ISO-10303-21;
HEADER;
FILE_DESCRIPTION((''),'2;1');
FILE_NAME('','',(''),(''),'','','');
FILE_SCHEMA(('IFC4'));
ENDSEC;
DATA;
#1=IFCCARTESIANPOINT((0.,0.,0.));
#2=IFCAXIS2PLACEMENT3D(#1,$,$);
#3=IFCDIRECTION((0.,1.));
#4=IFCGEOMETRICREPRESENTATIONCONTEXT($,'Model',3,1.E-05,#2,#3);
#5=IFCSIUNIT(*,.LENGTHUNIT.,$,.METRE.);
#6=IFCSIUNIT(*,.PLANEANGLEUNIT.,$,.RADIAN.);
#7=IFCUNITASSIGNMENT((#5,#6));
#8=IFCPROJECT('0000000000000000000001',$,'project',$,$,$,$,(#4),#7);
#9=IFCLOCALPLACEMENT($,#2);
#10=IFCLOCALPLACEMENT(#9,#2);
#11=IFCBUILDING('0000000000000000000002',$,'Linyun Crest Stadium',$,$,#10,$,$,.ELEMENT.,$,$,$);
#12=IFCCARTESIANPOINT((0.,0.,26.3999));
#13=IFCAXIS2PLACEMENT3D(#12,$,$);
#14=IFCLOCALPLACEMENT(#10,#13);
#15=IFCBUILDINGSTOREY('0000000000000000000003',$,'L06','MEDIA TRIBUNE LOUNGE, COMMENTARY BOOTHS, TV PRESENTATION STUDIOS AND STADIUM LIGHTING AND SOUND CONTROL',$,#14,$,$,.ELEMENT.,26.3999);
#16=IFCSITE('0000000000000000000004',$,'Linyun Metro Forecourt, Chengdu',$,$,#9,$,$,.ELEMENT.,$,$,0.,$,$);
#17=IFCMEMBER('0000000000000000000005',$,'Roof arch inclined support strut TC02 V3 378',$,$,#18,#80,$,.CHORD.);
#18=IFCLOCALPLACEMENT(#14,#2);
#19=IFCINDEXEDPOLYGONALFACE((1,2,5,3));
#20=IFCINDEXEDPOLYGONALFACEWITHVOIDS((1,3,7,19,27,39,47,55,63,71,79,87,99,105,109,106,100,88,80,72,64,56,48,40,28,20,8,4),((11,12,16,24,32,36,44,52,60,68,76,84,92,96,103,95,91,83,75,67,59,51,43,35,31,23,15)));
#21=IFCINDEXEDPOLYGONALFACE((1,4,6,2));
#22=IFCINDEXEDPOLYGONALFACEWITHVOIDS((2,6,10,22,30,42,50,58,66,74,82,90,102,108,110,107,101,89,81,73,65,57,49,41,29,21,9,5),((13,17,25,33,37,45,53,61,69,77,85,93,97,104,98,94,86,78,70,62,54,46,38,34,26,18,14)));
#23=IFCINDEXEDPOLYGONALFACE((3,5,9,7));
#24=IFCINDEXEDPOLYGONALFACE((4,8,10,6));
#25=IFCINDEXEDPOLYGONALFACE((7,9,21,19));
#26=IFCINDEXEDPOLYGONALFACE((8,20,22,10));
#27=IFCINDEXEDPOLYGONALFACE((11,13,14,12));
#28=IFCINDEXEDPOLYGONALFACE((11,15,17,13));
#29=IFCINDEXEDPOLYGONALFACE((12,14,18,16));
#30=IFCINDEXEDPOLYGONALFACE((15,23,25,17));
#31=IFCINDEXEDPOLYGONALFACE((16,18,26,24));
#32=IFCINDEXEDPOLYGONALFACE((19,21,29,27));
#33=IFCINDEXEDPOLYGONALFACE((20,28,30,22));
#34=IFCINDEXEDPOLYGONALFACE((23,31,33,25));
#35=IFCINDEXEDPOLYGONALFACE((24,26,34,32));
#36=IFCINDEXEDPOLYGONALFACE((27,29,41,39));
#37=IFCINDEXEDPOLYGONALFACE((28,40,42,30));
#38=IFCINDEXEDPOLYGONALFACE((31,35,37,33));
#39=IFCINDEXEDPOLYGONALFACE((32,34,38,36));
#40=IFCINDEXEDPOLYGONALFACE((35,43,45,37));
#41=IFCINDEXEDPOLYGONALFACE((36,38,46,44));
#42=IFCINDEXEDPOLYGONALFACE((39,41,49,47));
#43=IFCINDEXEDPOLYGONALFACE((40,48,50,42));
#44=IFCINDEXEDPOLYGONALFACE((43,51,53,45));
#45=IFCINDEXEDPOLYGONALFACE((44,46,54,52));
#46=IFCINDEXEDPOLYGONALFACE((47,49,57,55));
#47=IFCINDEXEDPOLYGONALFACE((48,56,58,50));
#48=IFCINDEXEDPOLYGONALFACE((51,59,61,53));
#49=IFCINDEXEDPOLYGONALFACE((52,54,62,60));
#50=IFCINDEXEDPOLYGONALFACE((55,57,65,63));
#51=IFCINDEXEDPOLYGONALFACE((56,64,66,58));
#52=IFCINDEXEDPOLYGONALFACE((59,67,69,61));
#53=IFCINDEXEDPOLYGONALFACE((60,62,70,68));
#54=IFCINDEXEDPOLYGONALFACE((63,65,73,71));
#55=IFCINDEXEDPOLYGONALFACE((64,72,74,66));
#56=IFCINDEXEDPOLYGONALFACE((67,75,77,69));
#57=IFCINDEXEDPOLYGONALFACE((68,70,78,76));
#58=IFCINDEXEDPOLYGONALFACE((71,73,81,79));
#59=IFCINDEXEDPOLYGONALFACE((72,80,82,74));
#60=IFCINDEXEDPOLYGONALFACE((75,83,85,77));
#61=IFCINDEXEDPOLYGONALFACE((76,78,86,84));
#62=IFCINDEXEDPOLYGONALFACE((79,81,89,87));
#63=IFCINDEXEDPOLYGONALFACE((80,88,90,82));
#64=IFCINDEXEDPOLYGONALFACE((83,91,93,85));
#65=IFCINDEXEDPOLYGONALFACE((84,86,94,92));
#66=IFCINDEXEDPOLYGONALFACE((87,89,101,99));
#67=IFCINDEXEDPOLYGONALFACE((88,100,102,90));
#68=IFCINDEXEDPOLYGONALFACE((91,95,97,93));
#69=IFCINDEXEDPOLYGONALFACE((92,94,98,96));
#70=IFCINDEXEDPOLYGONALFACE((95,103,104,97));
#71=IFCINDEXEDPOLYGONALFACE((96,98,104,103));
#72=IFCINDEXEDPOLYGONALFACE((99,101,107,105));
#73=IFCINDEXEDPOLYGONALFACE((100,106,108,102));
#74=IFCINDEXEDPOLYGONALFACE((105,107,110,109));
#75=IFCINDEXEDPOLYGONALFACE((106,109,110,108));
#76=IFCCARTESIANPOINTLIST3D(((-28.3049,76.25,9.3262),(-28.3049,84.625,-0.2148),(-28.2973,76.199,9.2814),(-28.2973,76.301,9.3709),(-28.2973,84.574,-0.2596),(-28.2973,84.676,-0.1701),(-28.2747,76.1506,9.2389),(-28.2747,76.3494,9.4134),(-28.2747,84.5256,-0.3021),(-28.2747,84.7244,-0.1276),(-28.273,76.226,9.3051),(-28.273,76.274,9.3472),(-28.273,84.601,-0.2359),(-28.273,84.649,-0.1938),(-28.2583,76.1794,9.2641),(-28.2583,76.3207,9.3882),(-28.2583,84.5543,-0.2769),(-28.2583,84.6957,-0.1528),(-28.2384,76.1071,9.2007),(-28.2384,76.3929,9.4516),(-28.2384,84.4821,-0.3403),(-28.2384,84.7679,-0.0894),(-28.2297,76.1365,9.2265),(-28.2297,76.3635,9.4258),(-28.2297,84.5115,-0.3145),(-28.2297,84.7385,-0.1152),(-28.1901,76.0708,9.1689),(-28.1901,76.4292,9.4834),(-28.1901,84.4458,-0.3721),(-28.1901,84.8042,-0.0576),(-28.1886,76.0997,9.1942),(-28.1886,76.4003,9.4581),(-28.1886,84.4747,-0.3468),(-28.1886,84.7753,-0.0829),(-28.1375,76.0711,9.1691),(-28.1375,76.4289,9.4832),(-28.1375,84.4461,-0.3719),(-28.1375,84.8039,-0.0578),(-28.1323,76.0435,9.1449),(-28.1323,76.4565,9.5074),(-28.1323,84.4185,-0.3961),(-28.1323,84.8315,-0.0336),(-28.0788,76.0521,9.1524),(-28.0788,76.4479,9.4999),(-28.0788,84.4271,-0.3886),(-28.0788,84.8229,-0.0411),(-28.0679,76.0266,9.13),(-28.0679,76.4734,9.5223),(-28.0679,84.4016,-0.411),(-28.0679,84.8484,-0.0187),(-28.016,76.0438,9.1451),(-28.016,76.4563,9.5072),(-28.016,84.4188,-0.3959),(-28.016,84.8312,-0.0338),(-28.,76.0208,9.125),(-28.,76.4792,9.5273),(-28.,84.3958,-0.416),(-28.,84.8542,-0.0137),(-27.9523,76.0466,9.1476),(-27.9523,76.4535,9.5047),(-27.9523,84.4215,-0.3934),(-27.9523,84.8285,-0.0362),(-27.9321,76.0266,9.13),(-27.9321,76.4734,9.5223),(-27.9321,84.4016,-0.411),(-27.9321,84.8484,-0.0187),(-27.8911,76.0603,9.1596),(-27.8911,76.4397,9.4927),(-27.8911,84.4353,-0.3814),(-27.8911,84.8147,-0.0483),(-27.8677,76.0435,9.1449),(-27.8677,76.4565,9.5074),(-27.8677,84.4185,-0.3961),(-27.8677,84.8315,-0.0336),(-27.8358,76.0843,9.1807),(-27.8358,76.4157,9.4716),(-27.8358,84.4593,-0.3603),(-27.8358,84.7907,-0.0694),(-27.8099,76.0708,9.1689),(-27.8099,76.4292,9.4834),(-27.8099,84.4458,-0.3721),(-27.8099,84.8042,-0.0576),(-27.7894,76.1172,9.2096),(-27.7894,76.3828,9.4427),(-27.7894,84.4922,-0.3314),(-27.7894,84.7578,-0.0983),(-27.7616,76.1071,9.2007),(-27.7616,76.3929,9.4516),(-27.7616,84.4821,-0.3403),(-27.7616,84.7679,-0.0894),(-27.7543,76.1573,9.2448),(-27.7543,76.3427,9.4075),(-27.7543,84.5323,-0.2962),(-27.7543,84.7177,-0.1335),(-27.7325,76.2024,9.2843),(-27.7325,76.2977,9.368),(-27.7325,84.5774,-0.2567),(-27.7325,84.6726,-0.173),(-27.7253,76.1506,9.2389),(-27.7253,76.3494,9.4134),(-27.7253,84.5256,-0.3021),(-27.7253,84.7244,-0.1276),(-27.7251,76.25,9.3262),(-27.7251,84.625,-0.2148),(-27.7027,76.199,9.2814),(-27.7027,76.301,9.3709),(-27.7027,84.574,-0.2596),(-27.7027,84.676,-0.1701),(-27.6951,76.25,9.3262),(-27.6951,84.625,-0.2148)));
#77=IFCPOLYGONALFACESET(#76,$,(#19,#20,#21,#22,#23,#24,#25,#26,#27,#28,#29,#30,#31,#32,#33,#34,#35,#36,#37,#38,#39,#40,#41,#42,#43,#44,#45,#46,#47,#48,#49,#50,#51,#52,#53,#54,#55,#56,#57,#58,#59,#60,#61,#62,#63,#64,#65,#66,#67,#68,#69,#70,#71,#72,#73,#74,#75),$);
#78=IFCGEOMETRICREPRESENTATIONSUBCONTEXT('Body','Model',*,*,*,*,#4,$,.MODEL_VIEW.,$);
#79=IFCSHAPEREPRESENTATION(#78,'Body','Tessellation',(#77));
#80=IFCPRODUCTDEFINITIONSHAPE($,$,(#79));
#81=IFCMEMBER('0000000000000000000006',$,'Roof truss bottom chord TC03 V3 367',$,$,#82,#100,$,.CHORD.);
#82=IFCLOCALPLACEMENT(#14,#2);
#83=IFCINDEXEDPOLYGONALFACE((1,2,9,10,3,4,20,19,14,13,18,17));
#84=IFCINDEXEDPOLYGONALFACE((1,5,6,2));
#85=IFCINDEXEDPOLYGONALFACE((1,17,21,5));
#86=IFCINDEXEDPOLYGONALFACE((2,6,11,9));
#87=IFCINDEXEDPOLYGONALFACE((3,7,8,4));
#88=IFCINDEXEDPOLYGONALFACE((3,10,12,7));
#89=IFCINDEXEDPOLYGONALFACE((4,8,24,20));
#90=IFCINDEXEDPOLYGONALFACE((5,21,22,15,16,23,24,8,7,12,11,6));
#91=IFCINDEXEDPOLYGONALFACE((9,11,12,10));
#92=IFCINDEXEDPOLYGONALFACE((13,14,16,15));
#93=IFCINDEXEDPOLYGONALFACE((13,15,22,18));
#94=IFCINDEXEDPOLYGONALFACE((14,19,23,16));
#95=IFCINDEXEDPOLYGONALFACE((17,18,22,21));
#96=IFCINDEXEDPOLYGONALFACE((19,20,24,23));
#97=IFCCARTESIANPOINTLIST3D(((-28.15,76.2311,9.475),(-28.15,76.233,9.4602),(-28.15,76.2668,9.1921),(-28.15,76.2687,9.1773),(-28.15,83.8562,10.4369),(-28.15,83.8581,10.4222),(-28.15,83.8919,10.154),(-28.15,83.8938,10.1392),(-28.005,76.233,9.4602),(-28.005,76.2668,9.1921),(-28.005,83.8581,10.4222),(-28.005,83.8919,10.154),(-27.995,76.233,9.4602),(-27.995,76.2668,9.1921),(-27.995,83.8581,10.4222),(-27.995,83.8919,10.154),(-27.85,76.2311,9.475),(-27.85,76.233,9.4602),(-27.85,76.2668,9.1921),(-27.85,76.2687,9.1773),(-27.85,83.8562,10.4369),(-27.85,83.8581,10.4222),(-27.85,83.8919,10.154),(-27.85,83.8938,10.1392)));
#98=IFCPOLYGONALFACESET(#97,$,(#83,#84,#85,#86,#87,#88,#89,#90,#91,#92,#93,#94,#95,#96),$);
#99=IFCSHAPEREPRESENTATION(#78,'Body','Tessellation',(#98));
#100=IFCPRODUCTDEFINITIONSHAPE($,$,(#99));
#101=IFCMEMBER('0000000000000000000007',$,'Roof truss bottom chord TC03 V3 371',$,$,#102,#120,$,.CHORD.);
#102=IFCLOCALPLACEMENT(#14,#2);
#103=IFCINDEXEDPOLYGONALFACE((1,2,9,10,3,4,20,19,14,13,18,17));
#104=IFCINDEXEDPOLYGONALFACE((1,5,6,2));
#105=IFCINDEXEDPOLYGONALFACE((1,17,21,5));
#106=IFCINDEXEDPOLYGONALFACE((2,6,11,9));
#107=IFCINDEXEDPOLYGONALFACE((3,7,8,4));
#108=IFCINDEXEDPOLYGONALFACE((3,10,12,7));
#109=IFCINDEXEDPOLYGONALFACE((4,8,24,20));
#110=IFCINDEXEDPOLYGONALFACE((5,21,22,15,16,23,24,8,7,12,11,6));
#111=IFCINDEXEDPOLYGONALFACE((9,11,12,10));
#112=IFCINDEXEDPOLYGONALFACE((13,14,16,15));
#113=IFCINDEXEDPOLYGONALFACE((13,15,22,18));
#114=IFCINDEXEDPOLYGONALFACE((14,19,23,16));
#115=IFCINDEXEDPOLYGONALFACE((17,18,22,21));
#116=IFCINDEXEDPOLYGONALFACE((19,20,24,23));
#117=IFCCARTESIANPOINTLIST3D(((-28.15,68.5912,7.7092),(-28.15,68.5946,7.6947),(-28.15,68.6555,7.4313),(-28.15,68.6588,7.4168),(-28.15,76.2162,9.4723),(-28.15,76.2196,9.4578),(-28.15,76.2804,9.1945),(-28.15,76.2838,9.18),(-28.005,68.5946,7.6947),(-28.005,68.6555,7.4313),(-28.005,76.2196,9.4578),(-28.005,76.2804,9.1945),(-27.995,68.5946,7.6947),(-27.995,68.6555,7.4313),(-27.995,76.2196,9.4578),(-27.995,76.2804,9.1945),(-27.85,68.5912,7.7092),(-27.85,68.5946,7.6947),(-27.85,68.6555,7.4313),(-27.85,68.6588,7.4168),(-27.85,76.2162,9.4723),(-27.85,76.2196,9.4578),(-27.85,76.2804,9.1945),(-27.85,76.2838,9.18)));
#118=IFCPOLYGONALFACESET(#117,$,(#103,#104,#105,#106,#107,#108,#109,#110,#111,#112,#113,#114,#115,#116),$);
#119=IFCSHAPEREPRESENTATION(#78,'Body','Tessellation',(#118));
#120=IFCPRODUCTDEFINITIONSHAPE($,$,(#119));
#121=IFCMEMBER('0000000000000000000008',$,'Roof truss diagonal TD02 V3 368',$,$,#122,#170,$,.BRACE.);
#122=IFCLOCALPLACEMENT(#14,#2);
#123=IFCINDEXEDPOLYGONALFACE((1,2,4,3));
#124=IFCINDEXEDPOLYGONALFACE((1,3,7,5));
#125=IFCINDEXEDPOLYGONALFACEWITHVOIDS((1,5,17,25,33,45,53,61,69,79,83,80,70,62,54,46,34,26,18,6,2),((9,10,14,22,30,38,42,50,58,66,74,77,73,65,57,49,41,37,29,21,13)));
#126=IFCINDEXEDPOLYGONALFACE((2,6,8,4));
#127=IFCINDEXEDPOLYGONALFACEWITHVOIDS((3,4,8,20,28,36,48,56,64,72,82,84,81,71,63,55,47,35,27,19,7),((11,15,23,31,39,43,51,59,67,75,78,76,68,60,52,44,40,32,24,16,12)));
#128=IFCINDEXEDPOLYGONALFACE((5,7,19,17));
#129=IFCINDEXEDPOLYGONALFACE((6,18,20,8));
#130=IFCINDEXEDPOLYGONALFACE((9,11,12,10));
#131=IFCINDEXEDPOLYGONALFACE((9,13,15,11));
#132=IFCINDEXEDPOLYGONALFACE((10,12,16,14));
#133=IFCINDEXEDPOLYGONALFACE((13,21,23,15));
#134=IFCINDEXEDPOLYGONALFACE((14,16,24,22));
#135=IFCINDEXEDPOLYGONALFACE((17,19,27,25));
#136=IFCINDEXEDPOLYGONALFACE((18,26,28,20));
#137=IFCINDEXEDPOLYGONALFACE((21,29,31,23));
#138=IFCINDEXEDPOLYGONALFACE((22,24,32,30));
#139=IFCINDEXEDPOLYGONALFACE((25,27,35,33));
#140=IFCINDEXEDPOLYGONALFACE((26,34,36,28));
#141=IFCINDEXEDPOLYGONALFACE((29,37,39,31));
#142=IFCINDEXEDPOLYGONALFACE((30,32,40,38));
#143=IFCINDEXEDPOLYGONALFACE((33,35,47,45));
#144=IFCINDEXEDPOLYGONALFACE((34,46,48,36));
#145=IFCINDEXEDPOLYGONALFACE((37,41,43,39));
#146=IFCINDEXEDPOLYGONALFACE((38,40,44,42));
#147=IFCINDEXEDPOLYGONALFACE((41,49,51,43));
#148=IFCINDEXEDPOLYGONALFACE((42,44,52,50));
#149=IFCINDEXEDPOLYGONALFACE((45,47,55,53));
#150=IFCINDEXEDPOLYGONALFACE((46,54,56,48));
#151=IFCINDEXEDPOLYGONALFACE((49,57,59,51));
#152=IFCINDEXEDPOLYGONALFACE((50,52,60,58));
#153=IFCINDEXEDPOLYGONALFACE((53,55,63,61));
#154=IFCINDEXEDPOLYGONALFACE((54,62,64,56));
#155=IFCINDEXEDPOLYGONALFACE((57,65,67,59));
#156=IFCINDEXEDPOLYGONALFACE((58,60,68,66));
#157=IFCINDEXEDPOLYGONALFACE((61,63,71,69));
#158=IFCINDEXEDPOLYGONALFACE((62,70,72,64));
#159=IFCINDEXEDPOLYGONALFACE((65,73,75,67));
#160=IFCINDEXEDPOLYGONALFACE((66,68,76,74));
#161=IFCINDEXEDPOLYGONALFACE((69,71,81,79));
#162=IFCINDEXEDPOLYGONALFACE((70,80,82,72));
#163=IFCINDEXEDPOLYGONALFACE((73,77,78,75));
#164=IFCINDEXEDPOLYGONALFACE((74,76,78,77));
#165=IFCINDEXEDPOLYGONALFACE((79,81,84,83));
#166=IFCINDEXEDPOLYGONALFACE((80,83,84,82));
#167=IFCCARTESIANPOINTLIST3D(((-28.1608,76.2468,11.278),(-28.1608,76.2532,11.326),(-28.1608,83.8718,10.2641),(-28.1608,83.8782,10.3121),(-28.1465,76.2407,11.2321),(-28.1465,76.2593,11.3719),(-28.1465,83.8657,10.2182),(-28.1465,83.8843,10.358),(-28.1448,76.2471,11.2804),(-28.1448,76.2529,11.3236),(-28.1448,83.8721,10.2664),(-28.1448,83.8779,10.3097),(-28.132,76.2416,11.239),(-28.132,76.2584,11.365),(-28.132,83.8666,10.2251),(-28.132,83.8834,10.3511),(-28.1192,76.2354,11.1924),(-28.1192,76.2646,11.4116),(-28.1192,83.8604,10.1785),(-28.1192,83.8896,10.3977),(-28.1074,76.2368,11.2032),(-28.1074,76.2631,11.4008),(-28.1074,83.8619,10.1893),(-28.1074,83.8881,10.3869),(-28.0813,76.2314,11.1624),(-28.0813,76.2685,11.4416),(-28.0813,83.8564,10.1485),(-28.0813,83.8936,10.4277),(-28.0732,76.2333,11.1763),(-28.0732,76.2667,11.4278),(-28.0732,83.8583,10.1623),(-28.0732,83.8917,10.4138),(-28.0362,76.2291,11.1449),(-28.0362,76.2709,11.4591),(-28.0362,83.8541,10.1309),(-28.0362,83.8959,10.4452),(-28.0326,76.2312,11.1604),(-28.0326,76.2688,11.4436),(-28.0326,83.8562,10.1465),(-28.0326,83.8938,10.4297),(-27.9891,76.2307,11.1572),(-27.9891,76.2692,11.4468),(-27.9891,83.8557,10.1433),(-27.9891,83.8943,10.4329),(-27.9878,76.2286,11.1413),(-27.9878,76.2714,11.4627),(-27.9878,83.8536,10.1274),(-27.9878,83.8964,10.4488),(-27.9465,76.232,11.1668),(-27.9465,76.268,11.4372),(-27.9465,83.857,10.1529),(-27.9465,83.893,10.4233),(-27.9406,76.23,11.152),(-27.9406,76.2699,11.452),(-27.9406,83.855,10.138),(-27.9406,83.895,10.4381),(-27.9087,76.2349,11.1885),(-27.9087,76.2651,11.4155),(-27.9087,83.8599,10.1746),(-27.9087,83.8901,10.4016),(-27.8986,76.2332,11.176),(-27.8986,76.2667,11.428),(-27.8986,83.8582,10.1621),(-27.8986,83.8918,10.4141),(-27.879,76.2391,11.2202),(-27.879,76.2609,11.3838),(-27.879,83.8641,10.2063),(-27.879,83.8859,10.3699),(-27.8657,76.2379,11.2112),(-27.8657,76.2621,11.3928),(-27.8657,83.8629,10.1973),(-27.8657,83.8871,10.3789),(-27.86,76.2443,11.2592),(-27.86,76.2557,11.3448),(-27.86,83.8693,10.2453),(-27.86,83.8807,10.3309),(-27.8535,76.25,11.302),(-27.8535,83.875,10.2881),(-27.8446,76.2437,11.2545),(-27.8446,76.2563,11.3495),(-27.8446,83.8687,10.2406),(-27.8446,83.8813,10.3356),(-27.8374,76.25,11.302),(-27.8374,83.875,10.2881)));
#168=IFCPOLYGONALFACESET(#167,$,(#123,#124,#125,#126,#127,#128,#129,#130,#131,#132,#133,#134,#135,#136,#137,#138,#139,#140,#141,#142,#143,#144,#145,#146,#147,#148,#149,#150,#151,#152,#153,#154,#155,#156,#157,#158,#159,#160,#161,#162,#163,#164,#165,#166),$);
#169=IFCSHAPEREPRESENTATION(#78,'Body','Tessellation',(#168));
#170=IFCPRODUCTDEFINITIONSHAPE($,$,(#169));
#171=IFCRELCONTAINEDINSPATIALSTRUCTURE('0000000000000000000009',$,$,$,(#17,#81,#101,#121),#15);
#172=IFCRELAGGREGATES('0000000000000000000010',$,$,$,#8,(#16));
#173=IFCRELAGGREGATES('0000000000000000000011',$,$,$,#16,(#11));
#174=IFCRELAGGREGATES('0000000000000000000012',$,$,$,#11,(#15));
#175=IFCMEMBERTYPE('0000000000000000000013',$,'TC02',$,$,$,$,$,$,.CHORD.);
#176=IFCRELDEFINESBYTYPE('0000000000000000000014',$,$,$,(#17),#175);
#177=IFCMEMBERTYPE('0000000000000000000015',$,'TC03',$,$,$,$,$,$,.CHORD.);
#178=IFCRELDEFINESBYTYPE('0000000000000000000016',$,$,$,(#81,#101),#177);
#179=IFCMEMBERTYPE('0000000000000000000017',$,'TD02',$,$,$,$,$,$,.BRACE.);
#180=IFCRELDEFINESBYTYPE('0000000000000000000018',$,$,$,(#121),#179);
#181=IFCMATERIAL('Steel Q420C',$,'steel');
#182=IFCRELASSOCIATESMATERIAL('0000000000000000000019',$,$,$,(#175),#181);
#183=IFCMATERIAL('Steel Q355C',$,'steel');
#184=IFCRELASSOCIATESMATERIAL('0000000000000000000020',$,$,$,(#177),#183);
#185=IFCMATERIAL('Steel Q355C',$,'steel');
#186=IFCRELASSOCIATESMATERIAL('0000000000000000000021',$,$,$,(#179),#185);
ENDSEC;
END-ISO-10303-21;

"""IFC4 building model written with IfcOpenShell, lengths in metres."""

from ifc_helpers import new_model, si_unit, direction, frame, origin, origin_2d, place, context, subcontext, project, spatial, hollow_circle, i_section, extrude, material, material_profile, profile_set, type_object, element, save


model = new_model("IFC4")

# Units and contexts
model_context = context("Model", 3, precision=1e-05, world=origin(), true_north=direction((0.0, 1.0)))
body_context = subcontext(model_context, "Body", "Model", "MODEL_VIEW")
ifc_project = project(units=[si_unit("LENGTHUNIT", "METRE"), si_unit("PLANEANGLEUNIT", "RADIAN")], contexts=[model_context])

# Site, building, storey
site_placement = place(None, origin())
site = spatial("IfcSite", under=ifc_project, at=site_placement, Name="Linyun Metro Forecourt, Chengdu", CompositionType="ELEMENT", RefElevation=0.0)
building_placement = place(site_placement, origin())
building = spatial("IfcBuilding", under=site, at=building_placement, Name="Linyun Crest Stadium", CompositionType="ELEMENT")
storey_placement = place(building_placement, frame((0.0, 0.0, 26.3999)))
storey = spatial("IfcBuildingStorey", under=building, at=storey_placement, Name="L06", Description="MEDIA TRIBUNE LOUNGE, COMMENTARY BOOTHS, TV PRESENTATION STUDIOS AND STADIUM LIGHTING AND SOUND CONTROL", CompositionType="ELEMENT", Elevation=26.3999)

# Members
ifc_material_1 = material(Name="Steel Q420C", Category="steel")
ifc_material_profile_1 = material_profile(ifc_material_1, hollow_circle(Radius=0.3049, WallThickness=0.03, at=origin_2d()), Name="CHS 610x30")
ifc_profile_set_1 = profile_set([ifc_material_profile_1], Name="Steel Q420C")
member_type_1 = type_object("IfcMemberType", Name="TC02", PredefinedType="CHORD", material=ifc_profile_set_1)
member_1_placement = place(storey_placement, frame((-28.0, 84.625, -0.2148), z_axis=(0.0, -0.659691, 0.751537), x_axis=(1.0, 0.0, 0.0)))
element("IfcMember", 1, at=member_1_placement, inside=storey, type_object=member_type_1, Name="Roof arch inclined support strut TC02 V3 378", PredefinedType="CHORD", context=body_context, shape_type="SweptSolid", body=[
    extrude(hollow_circle(Radius=0.3049, WallThickness=0.03, at=origin_2d()), origin(), (0.0, 0.0, 1.0), 12.6953),
])
ifc_material_2 = material(Name="Steel Q355C", Category="steel")
ifc_material_profile_2 = material_profile(ifc_material_2, i_section(OverallWidth=0.3, OverallDepth=0.3, WebThickness=0.01, FlangeThickness=0.0149, at=origin_2d()), Name="HW 300x300")
ifc_profile_set_2 = profile_set([ifc_material_profile_2], Name="Steel Q355C")
member_type_2 = type_object("IfcMemberType", Name="TC03", PredefinedType="CHORD", material=ifc_profile_set_2)
member_2_placement = place(storey_placement, frame((-28.0, 83.875, 10.2881), z_axis=(0.0, -0.992136, -0.125161), x_axis=(1.0, 0.0, 0.0)))
element("IfcMember", 2, at=member_2_placement, inside=storey, type_object=member_type_2, Name="Roof truss bottom chord TC03 V3 367", PredefinedType="CHORD", context=body_context, shape_type="SweptSolid", body=[
    extrude(i_section(OverallWidth=0.3, OverallDepth=0.3, WebThickness=0.01, FlangeThickness=0.0149, at=origin_2d()), origin(), (0.0, 0.0, 1.0), 7.6855),
])
member_3_placement = place(storey_placement, frame((-28.0, 76.25, 9.3262), z_axis=(0.0, -0.974291, -0.225292), x_axis=(1.0, 0.0, 0.0)))
element("IfcMember", 3, at=member_3_placement, inside=storey, type_object=member_type_2, Name="Roof truss bottom chord TC03 V3 371", PredefinedType="CHORD", context=body_context, shape_type="SweptSolid", body=[
    extrude(i_section(OverallWidth=0.3, OverallDepth=0.3, WebThickness=0.01, FlangeThickness=0.0149, at=origin_2d()), origin(), (0.0, 0.0, 1.0), 7.8262),
])
ifc_material_3 = material(Name="Steel Q355C", Category="steel")
ifc_material_profile_3 = material_profile(ifc_material_3, hollow_circle(Radius=0.1626, WallThickness=0.0161, at=origin_2d()), Name="CHS 325x16")
ifc_profile_set_3 = profile_set([ifc_material_profile_3], Name="Steel Q355C")
member_type_3 = type_object("IfcMemberType", Name="TD02", PredefinedType="BRACE", material=ifc_profile_set_3)
member_4_placement = place(storey_placement, frame((-28.0, 83.875, 10.2881), z_axis=(0.0, -0.991275, 0.131812), x_axis=(1.0, 0.0, 0.0)))
element("IfcMember", 4, at=member_4_placement, inside=storey, type_object=member_type_3, Name="Roof truss diagonal TD02 V3 368", PredefinedType="BRACE", context=body_context, shape_type="SweptSolid", body=[
    extrude(hollow_circle(Radius=0.1626, WallThickness=0.0161, at=origin_2d()), origin(), (0.0, 0.0, 1.0), 7.6921),
])

save(model, "model.ifc")
